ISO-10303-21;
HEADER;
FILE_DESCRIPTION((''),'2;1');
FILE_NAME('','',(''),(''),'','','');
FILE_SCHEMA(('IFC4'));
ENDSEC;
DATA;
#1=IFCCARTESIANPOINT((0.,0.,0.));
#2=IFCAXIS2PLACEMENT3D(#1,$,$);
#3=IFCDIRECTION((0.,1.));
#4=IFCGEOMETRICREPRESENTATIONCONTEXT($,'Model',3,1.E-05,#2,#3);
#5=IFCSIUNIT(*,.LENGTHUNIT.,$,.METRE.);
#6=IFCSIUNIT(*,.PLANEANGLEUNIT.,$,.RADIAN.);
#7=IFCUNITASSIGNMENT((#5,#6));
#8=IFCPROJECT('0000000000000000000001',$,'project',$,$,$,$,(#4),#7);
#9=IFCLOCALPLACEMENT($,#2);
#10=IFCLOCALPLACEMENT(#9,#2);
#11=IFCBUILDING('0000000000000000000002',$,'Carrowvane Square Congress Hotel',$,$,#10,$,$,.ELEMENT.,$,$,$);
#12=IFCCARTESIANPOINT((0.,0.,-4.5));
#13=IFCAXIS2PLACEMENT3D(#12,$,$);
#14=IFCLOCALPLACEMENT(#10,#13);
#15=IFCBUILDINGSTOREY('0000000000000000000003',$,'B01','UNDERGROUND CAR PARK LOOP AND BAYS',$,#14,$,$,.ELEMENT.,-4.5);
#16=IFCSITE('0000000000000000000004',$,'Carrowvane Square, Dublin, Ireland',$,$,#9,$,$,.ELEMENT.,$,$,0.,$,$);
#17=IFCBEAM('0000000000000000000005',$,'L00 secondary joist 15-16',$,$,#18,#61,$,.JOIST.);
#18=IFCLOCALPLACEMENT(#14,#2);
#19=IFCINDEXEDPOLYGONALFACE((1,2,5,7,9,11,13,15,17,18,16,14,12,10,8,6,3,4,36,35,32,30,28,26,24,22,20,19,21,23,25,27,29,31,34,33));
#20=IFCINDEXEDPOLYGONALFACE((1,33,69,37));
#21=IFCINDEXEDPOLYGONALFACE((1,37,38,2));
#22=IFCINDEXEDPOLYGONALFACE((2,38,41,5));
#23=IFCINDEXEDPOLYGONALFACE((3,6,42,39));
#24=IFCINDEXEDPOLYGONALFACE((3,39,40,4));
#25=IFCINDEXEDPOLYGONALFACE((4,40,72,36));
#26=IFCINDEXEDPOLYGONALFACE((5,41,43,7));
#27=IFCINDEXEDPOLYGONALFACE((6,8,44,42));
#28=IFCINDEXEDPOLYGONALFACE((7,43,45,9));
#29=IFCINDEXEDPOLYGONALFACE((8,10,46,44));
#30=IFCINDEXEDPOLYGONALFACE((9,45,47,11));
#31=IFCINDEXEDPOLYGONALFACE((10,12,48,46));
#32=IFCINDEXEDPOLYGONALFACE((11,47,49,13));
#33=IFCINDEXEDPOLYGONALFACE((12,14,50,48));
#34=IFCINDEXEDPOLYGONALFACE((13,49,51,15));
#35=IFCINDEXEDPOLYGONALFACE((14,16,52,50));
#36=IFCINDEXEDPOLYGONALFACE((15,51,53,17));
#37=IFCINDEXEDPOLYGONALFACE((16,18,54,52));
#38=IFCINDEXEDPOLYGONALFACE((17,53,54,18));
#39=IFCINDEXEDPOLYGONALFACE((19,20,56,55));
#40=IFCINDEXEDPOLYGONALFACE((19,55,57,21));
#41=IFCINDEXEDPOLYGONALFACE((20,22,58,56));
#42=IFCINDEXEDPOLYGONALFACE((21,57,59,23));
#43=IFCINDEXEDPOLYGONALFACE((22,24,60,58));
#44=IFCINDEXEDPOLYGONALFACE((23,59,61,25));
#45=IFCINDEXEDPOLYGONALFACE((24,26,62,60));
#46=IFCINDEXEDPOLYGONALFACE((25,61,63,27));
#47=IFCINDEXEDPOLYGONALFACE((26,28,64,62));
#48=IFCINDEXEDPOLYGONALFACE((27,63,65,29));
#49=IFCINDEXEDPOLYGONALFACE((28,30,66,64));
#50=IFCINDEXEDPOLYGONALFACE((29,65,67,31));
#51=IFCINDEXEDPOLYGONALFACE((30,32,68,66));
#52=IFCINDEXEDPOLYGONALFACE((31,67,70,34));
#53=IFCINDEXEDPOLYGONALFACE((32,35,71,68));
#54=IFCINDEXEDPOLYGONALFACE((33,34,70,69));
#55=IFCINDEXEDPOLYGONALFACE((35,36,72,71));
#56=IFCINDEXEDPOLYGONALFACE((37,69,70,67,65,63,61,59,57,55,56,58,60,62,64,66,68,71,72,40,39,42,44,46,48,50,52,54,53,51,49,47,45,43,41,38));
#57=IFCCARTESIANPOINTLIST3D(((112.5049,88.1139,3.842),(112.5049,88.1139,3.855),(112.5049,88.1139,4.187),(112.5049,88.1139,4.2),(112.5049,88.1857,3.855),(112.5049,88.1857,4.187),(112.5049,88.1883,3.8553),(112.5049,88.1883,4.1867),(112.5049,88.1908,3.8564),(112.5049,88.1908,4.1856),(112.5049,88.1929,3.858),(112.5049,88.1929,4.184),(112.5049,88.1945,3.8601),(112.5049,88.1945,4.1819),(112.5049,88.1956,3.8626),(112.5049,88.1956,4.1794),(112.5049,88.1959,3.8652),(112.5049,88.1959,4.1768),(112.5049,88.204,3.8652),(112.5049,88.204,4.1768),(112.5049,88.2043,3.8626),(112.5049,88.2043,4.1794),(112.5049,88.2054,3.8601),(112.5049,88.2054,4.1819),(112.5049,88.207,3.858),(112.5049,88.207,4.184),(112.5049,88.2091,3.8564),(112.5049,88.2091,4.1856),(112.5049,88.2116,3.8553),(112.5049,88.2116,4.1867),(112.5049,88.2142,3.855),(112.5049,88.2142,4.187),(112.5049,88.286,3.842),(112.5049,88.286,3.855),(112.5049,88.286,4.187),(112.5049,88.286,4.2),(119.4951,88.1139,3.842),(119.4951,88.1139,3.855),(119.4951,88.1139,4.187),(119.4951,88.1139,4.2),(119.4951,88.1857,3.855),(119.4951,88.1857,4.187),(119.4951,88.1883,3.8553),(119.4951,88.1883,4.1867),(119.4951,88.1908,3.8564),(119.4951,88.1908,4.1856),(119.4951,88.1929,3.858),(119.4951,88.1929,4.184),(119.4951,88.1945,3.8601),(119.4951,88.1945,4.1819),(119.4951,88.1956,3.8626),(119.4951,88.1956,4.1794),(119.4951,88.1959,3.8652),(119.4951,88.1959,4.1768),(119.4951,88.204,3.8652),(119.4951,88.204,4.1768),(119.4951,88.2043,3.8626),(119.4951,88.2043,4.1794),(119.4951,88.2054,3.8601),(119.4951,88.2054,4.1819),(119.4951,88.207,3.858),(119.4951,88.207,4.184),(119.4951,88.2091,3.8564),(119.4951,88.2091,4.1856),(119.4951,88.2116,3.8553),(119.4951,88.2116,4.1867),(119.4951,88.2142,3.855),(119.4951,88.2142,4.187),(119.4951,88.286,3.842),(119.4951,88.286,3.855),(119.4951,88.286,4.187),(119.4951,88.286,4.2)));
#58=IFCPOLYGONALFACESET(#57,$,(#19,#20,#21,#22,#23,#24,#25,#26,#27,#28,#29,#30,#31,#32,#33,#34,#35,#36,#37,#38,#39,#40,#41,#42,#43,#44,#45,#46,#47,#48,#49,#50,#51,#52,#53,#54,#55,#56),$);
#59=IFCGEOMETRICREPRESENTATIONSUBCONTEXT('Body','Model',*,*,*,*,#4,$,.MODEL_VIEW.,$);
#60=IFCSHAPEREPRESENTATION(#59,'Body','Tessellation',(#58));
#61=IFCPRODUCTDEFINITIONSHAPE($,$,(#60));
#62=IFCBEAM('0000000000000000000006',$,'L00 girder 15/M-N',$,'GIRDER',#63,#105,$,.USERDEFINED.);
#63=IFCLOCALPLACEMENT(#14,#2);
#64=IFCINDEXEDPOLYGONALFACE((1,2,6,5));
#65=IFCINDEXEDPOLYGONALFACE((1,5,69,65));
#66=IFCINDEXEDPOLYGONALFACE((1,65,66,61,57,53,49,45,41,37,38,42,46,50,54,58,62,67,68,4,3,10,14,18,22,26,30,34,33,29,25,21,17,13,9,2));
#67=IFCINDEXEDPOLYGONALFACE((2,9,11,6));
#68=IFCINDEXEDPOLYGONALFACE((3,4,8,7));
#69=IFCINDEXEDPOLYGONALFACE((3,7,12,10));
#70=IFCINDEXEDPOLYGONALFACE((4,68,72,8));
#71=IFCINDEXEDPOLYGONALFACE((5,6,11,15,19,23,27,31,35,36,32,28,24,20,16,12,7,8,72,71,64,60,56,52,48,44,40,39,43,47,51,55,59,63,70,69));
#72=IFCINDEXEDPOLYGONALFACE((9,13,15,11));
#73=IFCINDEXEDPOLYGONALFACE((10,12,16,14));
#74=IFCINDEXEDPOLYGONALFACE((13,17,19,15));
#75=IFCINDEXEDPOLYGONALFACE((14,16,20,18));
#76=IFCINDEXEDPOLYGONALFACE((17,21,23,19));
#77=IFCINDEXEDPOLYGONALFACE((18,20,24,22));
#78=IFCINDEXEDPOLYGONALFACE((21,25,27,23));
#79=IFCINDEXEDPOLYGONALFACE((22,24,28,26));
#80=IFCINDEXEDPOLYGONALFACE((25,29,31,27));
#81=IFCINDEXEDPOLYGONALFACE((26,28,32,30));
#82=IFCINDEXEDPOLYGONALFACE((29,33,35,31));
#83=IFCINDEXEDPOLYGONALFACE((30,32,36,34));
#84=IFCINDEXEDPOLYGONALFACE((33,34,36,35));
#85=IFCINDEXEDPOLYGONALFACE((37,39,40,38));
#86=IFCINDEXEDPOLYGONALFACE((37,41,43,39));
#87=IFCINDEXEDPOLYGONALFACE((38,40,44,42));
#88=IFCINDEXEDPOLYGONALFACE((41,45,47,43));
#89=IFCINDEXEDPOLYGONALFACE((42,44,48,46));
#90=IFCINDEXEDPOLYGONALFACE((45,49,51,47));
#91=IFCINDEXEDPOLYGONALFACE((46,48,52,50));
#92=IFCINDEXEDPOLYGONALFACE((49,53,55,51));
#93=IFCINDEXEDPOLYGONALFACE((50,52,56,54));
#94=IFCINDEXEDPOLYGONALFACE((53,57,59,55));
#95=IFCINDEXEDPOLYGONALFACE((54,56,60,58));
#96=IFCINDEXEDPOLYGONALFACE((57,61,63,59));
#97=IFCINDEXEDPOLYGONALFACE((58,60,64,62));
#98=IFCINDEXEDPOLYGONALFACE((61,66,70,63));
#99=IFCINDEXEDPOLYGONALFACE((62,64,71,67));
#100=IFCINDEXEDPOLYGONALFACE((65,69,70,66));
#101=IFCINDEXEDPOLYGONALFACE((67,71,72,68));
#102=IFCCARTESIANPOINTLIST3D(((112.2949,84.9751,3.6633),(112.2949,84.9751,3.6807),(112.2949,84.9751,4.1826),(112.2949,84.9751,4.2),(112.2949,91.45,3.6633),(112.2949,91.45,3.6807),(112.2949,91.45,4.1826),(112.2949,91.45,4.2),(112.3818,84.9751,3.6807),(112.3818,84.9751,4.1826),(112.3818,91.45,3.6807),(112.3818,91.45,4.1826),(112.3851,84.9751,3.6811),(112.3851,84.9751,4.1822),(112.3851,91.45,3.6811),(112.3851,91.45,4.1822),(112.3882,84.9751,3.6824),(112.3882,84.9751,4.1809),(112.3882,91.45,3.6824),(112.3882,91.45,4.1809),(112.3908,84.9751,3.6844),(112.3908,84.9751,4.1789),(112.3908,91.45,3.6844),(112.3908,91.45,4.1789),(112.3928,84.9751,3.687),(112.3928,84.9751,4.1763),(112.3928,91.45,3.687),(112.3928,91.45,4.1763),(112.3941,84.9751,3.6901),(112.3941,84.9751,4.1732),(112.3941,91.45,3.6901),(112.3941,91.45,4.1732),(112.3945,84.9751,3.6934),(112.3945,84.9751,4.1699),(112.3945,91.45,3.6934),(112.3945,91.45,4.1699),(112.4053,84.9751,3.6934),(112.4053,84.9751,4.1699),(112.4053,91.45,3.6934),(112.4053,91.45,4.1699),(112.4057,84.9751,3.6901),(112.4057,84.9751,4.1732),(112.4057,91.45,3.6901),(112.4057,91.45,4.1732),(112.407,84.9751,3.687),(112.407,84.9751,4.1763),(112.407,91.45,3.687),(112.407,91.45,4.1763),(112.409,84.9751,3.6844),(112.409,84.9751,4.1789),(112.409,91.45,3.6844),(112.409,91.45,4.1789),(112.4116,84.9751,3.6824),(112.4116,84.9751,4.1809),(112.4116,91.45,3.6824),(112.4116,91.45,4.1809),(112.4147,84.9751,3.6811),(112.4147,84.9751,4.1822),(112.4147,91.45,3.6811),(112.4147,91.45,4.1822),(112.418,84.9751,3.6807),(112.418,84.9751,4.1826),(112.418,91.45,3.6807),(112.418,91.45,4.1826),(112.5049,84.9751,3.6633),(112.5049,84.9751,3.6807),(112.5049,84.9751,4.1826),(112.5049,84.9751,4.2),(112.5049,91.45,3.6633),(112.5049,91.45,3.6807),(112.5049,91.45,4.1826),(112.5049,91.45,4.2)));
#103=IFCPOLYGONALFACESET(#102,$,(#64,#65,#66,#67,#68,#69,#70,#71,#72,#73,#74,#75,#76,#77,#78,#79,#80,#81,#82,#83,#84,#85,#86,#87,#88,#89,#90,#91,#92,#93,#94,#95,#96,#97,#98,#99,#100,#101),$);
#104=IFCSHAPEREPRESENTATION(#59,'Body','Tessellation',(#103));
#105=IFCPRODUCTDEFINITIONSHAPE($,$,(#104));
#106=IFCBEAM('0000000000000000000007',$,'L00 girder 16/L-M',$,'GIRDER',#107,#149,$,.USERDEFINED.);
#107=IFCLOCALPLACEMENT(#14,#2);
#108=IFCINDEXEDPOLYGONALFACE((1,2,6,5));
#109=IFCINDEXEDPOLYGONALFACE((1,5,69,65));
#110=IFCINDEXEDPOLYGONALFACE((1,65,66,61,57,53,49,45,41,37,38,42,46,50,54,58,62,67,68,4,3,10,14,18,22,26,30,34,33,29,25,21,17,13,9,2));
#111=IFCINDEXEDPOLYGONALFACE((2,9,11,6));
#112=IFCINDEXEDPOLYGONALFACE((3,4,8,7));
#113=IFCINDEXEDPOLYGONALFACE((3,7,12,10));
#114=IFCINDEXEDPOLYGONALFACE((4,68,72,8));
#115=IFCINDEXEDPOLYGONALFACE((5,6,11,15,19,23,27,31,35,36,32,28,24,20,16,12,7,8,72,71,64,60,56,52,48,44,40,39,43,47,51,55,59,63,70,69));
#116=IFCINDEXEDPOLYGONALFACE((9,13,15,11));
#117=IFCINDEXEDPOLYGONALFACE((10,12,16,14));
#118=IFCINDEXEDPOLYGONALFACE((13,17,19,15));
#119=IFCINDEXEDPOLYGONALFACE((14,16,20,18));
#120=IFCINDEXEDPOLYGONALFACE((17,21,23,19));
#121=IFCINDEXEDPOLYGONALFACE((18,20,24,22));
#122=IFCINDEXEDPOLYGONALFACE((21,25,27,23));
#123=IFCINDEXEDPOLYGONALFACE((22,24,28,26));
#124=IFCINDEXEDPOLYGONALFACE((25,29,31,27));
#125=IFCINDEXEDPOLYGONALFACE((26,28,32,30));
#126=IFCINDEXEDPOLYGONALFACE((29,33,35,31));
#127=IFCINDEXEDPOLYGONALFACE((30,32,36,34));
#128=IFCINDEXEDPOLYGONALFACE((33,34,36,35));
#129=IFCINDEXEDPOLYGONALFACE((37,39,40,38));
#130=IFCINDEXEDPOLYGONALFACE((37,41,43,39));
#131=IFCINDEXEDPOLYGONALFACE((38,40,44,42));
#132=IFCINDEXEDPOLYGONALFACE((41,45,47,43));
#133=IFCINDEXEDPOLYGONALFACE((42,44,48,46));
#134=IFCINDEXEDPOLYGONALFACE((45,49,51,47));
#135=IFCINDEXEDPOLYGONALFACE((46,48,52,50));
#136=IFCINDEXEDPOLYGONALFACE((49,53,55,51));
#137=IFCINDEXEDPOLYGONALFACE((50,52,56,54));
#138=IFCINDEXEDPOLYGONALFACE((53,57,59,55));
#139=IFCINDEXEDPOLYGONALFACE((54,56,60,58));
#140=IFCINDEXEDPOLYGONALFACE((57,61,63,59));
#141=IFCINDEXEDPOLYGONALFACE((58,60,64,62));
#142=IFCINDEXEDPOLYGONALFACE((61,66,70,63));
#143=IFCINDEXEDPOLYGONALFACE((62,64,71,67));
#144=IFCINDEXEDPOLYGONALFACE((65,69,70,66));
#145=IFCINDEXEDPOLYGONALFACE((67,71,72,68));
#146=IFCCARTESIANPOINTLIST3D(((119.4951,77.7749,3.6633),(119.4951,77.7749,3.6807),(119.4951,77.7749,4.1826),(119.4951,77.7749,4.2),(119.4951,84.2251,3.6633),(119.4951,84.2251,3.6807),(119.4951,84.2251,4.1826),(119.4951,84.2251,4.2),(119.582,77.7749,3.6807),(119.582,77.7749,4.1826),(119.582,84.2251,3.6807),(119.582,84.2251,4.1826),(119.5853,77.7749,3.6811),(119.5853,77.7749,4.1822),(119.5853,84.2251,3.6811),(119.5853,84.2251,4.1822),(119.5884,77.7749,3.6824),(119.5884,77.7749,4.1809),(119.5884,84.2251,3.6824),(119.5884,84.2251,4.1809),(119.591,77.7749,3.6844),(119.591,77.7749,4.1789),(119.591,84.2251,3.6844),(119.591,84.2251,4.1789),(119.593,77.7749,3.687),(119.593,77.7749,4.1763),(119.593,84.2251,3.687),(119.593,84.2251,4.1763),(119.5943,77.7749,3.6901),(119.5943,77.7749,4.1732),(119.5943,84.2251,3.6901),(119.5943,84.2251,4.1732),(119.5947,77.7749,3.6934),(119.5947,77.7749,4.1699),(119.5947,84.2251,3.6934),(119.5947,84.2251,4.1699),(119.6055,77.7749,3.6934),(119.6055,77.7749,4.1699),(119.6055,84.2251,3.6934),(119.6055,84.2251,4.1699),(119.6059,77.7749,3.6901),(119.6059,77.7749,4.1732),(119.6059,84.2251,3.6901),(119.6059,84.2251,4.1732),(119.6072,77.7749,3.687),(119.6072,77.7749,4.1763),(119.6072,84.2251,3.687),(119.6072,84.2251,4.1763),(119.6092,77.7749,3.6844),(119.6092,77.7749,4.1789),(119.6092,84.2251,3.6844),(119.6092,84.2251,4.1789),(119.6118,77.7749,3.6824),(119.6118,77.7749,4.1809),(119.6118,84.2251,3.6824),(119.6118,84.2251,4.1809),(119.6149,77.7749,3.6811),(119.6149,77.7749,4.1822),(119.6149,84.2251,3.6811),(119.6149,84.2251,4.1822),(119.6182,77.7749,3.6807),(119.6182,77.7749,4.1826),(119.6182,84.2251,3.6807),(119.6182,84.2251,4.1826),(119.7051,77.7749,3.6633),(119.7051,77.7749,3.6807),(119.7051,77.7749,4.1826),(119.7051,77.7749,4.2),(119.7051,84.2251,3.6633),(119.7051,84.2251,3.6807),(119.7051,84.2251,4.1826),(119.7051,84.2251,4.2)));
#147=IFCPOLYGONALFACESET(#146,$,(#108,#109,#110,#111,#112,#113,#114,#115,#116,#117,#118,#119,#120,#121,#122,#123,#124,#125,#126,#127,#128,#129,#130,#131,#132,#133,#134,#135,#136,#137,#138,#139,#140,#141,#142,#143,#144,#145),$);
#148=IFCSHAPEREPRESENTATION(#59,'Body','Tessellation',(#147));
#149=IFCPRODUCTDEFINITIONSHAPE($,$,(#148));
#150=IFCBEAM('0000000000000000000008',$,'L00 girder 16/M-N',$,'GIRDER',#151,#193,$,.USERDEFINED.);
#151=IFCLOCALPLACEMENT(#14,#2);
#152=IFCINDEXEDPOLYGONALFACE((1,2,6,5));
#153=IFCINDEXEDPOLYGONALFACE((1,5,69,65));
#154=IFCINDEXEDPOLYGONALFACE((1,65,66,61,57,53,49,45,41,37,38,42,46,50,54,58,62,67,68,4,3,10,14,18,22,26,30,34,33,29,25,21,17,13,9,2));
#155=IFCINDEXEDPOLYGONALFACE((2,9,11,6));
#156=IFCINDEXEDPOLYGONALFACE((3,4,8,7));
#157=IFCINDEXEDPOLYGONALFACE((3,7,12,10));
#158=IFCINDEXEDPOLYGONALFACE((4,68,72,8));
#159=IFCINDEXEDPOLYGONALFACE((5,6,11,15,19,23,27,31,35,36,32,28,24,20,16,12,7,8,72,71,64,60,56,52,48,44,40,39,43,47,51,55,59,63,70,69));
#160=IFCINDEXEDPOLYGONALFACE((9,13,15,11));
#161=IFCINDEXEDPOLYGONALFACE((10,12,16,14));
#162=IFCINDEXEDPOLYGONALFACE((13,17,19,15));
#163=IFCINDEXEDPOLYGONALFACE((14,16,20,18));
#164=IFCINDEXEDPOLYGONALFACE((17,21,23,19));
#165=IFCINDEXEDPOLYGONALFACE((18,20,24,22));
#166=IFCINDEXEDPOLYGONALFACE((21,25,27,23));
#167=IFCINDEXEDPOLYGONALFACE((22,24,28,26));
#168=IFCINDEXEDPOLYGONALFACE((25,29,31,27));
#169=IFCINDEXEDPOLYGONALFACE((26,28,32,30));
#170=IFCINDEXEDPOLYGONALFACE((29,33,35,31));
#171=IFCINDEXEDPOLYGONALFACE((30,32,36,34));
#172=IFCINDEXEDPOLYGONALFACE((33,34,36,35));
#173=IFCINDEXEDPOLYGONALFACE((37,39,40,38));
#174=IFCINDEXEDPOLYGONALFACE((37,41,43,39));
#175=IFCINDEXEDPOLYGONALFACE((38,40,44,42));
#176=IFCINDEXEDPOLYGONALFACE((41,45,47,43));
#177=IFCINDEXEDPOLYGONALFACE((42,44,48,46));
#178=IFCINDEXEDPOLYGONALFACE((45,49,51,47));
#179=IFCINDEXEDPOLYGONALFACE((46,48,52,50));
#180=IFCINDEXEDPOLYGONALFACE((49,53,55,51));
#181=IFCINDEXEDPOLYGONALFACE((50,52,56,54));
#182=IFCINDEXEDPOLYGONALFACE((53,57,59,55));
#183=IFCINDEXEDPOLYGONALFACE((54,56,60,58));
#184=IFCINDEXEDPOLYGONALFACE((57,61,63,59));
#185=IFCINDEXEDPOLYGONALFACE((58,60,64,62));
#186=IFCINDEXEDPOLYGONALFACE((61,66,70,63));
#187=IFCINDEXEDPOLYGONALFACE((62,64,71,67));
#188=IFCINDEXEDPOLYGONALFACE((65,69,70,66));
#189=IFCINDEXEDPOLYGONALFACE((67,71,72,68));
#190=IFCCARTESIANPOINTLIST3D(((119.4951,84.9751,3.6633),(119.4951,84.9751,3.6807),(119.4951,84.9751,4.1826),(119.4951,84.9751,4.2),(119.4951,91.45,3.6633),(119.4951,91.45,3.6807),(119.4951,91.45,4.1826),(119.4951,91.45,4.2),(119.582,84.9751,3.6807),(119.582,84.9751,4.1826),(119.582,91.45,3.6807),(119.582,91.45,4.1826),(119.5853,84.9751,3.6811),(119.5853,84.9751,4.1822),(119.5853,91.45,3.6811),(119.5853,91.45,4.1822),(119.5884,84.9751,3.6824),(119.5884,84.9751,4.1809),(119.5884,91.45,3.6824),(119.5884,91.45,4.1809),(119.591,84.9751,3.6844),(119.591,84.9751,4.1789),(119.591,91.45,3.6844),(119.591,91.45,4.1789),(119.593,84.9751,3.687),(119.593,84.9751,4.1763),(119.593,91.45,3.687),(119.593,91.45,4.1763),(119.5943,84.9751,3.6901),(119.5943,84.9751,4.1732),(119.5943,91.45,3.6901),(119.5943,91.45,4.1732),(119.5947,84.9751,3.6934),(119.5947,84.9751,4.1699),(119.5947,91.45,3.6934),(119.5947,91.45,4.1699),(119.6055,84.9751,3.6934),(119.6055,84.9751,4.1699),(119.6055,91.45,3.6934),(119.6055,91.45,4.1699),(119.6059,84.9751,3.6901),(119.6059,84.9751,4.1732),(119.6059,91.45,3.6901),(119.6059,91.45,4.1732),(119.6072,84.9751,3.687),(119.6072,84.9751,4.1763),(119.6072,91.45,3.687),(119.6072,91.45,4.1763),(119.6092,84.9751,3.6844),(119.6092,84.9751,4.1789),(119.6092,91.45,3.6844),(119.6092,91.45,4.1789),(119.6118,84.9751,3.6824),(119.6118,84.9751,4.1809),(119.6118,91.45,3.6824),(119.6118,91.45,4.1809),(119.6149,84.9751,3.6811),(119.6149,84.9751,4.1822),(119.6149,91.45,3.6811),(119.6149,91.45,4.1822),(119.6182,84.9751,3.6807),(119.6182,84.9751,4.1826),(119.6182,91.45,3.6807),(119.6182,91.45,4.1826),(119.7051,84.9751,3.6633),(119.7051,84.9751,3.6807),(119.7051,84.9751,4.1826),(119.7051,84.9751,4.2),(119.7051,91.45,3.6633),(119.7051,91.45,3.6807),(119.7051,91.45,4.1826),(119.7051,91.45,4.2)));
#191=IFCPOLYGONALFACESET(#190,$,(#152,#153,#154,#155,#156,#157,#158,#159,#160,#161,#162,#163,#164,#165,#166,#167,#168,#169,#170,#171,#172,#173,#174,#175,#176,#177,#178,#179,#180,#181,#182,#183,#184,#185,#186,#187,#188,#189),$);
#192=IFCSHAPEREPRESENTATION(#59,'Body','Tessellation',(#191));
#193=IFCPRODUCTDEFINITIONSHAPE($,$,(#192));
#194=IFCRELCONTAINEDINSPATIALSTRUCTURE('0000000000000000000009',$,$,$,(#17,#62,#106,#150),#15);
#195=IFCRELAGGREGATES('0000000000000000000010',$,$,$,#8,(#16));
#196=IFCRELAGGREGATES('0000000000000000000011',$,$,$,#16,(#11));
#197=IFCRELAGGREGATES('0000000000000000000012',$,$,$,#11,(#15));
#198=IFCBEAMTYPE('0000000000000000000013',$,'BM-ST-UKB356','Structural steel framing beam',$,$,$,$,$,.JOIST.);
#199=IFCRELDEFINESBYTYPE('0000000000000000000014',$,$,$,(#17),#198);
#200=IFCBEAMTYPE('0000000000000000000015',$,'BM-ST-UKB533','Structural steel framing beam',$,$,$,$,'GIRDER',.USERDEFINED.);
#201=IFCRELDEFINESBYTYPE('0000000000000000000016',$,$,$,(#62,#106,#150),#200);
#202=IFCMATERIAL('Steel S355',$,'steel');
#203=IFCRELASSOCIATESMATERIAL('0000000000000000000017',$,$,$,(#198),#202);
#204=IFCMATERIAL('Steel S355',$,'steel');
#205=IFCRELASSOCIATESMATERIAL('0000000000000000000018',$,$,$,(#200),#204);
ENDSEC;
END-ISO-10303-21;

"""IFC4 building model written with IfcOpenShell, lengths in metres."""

from ifc_helpers import new_model, si_unit, direction, frame, origin, origin_2d, place, context, subcontext, project, spatial, i_section, extrude, material, material_profile, profile_set, type_object, element, save


model = new_model("IFC4")

# Units and contexts
model_context = context("Model", 3, precision=1e-05, world=origin(), true_north=direction((0.0, 1.0)))
body_context = subcontext(model_context, "Body", "Model", "MODEL_VIEW")
ifc_project = project(units=[si_unit("LENGTHUNIT", "METRE"), si_unit("PLANEANGLEUNIT", "RADIAN")], contexts=[model_context])

# Site, building, storey
site_placement = place(None, origin())
site = spatial("IfcSite", under=ifc_project, at=site_placement, Name="Carrowvane Square, Dublin, Ireland", CompositionType="ELEMENT", RefElevation=0.0)
building_placement = place(site_placement, origin())
building = spatial("IfcBuilding", under=site, at=building_placement, Name="Carrowvane Square Congress Hotel", CompositionType="ELEMENT")
storey_placement = place(building_placement, frame((0.0, 0.0, -4.5)))
storey = spatial("IfcBuildingStorey", under=building, at=storey_placement, Name="B01", Description="UNDERGROUND CAR PARK LOOP AND BAYS", CompositionType="ELEMENT", Elevation=-4.5)

# Beams
ifc_material_1 = material(Name="Steel S355", Category="steel")
ifc_material_profile_1 = material_profile(ifc_material_1, i_section(OverallWidth=0.1721, OverallDepth=0.3579, WebThickness=0.0081, FlangeThickness=0.0129, FilletRadius=0.0103, at=origin_2d()), Name="UKB 356x171x57")
ifc_profile_set_1 = profile_set([ifc_material_profile_1], Name="Steel S355")
beam_type_1 = type_object("IfcBeamType", Name="BM-ST-UKB356", Description="Structural steel framing beam", PredefinedType="JOIST", material=ifc_profile_set_1)
for number, where, z_axis, x_axis, name in (
    (1, (112.5049, 88.2, 4.021), (1.0, 0.0, 0.0), (0.0, 1.0, 0.0), "L00 secondary joist 15-16"),
):
    element("IfcBeam", number, at=place(storey_placement, frame(where, z_axis=z_axis, x_axis=x_axis)), inside=storey, type_object=beam_type_1, Name=name, PredefinedType="JOIST", context=body_context, shape_type="SweptSolid", body=[
        extrude(i_section(OverallWidth=0.1721, OverallDepth=0.3579, WebThickness=0.0081, FlangeThickness=0.0129, FilletRadius=0.0103, at=origin_2d()), origin(), (0.0, 0.0, 1.0), 6.9902),
    ])
ifc_material_2 = material(Name="Steel S355", Category="steel")
ifc_material_profile_2 = material_profile(ifc_material_2, i_section(OverallWidth=0.21, OverallDepth=0.5366, WebThickness=0.0107, FlangeThickness=0.0173, FilletRadius=0.0127, at=origin_2d()), Name="UKB 533x210x101")
ifc_profile_set_2 = profile_set([ifc_material_profile_2], Name="Steel S355")
beam_type_2 = type_object("IfcBeamType", Name="BM-ST-UKB533", Description="Structural steel framing beam", ElementType="GIRDER", PredefinedType="USERDEFINED", material=ifc_profile_set_2)
beam_1_placement = place(storey_placement, frame((112.3999, 84.9751, 3.9316), z_axis=(0.0, 1.0, 0.0), x_axis=(-1.0, 0.0, 0.0)))
element("IfcBeam", 2, at=beam_1_placement, inside=storey, type_object=beam_type_2, Name="L00 girder 15/M-N", ObjectType="GIRDER", PredefinedType="USERDEFINED", context=body_context, shape_type="SweptSolid", body=[
    extrude(i_section(OverallWidth=0.21, OverallDepth=0.5366, WebThickness=0.0107, FlangeThickness=0.0173, FilletRadius=0.0127, at=origin_2d()), origin(), (0.0, 0.0, 1.0), 6.4749),
])
beam_2_placement = place(storey_placement, frame((119.6001, 77.7749, 3.9316), z_axis=(0.0, 1.0, 0.0), x_axis=(-1.0, 0.0, 0.0)))
element("IfcBeam", 3, at=beam_2_placement, inside=storey, type_object=beam_type_2, Name="L00 girder 16/L-M", ObjectType="GIRDER", PredefinedType="USERDEFINED", context=body_context, shape_type="SweptSolid", body=[
    extrude(i_section(OverallWidth=0.21, OverallDepth=0.5366, WebThickness=0.0107, FlangeThickness=0.0173, FilletRadius=0.0127, at=origin_2d()), origin(), (0.0, 0.0, 1.0), 6.4502),
])
beam_3_placement = place(storey_placement, frame((119.6001, 84.9751, 3.9316), z_axis=(0.0, 1.0, 0.0), x_axis=(-1.0, 0.0, 0.0)))
element("IfcBeam", 4, at=beam_3_placement, inside=storey, type_object=beam_type_2, Name="L00 girder 16/M-N", ObjectType="GIRDER", PredefinedType="USERDEFINED", context=body_context, shape_type="SweptSolid", body=[
    extrude(i_section(OverallWidth=0.21, OverallDepth=0.5366, WebThickness=0.0107, FlangeThickness=0.0173, FilletRadius=0.0127, at=origin_2d()), origin(), (0.0, 0.0, 1.0), 6.4749),
])

save(model, "model.ifc")
